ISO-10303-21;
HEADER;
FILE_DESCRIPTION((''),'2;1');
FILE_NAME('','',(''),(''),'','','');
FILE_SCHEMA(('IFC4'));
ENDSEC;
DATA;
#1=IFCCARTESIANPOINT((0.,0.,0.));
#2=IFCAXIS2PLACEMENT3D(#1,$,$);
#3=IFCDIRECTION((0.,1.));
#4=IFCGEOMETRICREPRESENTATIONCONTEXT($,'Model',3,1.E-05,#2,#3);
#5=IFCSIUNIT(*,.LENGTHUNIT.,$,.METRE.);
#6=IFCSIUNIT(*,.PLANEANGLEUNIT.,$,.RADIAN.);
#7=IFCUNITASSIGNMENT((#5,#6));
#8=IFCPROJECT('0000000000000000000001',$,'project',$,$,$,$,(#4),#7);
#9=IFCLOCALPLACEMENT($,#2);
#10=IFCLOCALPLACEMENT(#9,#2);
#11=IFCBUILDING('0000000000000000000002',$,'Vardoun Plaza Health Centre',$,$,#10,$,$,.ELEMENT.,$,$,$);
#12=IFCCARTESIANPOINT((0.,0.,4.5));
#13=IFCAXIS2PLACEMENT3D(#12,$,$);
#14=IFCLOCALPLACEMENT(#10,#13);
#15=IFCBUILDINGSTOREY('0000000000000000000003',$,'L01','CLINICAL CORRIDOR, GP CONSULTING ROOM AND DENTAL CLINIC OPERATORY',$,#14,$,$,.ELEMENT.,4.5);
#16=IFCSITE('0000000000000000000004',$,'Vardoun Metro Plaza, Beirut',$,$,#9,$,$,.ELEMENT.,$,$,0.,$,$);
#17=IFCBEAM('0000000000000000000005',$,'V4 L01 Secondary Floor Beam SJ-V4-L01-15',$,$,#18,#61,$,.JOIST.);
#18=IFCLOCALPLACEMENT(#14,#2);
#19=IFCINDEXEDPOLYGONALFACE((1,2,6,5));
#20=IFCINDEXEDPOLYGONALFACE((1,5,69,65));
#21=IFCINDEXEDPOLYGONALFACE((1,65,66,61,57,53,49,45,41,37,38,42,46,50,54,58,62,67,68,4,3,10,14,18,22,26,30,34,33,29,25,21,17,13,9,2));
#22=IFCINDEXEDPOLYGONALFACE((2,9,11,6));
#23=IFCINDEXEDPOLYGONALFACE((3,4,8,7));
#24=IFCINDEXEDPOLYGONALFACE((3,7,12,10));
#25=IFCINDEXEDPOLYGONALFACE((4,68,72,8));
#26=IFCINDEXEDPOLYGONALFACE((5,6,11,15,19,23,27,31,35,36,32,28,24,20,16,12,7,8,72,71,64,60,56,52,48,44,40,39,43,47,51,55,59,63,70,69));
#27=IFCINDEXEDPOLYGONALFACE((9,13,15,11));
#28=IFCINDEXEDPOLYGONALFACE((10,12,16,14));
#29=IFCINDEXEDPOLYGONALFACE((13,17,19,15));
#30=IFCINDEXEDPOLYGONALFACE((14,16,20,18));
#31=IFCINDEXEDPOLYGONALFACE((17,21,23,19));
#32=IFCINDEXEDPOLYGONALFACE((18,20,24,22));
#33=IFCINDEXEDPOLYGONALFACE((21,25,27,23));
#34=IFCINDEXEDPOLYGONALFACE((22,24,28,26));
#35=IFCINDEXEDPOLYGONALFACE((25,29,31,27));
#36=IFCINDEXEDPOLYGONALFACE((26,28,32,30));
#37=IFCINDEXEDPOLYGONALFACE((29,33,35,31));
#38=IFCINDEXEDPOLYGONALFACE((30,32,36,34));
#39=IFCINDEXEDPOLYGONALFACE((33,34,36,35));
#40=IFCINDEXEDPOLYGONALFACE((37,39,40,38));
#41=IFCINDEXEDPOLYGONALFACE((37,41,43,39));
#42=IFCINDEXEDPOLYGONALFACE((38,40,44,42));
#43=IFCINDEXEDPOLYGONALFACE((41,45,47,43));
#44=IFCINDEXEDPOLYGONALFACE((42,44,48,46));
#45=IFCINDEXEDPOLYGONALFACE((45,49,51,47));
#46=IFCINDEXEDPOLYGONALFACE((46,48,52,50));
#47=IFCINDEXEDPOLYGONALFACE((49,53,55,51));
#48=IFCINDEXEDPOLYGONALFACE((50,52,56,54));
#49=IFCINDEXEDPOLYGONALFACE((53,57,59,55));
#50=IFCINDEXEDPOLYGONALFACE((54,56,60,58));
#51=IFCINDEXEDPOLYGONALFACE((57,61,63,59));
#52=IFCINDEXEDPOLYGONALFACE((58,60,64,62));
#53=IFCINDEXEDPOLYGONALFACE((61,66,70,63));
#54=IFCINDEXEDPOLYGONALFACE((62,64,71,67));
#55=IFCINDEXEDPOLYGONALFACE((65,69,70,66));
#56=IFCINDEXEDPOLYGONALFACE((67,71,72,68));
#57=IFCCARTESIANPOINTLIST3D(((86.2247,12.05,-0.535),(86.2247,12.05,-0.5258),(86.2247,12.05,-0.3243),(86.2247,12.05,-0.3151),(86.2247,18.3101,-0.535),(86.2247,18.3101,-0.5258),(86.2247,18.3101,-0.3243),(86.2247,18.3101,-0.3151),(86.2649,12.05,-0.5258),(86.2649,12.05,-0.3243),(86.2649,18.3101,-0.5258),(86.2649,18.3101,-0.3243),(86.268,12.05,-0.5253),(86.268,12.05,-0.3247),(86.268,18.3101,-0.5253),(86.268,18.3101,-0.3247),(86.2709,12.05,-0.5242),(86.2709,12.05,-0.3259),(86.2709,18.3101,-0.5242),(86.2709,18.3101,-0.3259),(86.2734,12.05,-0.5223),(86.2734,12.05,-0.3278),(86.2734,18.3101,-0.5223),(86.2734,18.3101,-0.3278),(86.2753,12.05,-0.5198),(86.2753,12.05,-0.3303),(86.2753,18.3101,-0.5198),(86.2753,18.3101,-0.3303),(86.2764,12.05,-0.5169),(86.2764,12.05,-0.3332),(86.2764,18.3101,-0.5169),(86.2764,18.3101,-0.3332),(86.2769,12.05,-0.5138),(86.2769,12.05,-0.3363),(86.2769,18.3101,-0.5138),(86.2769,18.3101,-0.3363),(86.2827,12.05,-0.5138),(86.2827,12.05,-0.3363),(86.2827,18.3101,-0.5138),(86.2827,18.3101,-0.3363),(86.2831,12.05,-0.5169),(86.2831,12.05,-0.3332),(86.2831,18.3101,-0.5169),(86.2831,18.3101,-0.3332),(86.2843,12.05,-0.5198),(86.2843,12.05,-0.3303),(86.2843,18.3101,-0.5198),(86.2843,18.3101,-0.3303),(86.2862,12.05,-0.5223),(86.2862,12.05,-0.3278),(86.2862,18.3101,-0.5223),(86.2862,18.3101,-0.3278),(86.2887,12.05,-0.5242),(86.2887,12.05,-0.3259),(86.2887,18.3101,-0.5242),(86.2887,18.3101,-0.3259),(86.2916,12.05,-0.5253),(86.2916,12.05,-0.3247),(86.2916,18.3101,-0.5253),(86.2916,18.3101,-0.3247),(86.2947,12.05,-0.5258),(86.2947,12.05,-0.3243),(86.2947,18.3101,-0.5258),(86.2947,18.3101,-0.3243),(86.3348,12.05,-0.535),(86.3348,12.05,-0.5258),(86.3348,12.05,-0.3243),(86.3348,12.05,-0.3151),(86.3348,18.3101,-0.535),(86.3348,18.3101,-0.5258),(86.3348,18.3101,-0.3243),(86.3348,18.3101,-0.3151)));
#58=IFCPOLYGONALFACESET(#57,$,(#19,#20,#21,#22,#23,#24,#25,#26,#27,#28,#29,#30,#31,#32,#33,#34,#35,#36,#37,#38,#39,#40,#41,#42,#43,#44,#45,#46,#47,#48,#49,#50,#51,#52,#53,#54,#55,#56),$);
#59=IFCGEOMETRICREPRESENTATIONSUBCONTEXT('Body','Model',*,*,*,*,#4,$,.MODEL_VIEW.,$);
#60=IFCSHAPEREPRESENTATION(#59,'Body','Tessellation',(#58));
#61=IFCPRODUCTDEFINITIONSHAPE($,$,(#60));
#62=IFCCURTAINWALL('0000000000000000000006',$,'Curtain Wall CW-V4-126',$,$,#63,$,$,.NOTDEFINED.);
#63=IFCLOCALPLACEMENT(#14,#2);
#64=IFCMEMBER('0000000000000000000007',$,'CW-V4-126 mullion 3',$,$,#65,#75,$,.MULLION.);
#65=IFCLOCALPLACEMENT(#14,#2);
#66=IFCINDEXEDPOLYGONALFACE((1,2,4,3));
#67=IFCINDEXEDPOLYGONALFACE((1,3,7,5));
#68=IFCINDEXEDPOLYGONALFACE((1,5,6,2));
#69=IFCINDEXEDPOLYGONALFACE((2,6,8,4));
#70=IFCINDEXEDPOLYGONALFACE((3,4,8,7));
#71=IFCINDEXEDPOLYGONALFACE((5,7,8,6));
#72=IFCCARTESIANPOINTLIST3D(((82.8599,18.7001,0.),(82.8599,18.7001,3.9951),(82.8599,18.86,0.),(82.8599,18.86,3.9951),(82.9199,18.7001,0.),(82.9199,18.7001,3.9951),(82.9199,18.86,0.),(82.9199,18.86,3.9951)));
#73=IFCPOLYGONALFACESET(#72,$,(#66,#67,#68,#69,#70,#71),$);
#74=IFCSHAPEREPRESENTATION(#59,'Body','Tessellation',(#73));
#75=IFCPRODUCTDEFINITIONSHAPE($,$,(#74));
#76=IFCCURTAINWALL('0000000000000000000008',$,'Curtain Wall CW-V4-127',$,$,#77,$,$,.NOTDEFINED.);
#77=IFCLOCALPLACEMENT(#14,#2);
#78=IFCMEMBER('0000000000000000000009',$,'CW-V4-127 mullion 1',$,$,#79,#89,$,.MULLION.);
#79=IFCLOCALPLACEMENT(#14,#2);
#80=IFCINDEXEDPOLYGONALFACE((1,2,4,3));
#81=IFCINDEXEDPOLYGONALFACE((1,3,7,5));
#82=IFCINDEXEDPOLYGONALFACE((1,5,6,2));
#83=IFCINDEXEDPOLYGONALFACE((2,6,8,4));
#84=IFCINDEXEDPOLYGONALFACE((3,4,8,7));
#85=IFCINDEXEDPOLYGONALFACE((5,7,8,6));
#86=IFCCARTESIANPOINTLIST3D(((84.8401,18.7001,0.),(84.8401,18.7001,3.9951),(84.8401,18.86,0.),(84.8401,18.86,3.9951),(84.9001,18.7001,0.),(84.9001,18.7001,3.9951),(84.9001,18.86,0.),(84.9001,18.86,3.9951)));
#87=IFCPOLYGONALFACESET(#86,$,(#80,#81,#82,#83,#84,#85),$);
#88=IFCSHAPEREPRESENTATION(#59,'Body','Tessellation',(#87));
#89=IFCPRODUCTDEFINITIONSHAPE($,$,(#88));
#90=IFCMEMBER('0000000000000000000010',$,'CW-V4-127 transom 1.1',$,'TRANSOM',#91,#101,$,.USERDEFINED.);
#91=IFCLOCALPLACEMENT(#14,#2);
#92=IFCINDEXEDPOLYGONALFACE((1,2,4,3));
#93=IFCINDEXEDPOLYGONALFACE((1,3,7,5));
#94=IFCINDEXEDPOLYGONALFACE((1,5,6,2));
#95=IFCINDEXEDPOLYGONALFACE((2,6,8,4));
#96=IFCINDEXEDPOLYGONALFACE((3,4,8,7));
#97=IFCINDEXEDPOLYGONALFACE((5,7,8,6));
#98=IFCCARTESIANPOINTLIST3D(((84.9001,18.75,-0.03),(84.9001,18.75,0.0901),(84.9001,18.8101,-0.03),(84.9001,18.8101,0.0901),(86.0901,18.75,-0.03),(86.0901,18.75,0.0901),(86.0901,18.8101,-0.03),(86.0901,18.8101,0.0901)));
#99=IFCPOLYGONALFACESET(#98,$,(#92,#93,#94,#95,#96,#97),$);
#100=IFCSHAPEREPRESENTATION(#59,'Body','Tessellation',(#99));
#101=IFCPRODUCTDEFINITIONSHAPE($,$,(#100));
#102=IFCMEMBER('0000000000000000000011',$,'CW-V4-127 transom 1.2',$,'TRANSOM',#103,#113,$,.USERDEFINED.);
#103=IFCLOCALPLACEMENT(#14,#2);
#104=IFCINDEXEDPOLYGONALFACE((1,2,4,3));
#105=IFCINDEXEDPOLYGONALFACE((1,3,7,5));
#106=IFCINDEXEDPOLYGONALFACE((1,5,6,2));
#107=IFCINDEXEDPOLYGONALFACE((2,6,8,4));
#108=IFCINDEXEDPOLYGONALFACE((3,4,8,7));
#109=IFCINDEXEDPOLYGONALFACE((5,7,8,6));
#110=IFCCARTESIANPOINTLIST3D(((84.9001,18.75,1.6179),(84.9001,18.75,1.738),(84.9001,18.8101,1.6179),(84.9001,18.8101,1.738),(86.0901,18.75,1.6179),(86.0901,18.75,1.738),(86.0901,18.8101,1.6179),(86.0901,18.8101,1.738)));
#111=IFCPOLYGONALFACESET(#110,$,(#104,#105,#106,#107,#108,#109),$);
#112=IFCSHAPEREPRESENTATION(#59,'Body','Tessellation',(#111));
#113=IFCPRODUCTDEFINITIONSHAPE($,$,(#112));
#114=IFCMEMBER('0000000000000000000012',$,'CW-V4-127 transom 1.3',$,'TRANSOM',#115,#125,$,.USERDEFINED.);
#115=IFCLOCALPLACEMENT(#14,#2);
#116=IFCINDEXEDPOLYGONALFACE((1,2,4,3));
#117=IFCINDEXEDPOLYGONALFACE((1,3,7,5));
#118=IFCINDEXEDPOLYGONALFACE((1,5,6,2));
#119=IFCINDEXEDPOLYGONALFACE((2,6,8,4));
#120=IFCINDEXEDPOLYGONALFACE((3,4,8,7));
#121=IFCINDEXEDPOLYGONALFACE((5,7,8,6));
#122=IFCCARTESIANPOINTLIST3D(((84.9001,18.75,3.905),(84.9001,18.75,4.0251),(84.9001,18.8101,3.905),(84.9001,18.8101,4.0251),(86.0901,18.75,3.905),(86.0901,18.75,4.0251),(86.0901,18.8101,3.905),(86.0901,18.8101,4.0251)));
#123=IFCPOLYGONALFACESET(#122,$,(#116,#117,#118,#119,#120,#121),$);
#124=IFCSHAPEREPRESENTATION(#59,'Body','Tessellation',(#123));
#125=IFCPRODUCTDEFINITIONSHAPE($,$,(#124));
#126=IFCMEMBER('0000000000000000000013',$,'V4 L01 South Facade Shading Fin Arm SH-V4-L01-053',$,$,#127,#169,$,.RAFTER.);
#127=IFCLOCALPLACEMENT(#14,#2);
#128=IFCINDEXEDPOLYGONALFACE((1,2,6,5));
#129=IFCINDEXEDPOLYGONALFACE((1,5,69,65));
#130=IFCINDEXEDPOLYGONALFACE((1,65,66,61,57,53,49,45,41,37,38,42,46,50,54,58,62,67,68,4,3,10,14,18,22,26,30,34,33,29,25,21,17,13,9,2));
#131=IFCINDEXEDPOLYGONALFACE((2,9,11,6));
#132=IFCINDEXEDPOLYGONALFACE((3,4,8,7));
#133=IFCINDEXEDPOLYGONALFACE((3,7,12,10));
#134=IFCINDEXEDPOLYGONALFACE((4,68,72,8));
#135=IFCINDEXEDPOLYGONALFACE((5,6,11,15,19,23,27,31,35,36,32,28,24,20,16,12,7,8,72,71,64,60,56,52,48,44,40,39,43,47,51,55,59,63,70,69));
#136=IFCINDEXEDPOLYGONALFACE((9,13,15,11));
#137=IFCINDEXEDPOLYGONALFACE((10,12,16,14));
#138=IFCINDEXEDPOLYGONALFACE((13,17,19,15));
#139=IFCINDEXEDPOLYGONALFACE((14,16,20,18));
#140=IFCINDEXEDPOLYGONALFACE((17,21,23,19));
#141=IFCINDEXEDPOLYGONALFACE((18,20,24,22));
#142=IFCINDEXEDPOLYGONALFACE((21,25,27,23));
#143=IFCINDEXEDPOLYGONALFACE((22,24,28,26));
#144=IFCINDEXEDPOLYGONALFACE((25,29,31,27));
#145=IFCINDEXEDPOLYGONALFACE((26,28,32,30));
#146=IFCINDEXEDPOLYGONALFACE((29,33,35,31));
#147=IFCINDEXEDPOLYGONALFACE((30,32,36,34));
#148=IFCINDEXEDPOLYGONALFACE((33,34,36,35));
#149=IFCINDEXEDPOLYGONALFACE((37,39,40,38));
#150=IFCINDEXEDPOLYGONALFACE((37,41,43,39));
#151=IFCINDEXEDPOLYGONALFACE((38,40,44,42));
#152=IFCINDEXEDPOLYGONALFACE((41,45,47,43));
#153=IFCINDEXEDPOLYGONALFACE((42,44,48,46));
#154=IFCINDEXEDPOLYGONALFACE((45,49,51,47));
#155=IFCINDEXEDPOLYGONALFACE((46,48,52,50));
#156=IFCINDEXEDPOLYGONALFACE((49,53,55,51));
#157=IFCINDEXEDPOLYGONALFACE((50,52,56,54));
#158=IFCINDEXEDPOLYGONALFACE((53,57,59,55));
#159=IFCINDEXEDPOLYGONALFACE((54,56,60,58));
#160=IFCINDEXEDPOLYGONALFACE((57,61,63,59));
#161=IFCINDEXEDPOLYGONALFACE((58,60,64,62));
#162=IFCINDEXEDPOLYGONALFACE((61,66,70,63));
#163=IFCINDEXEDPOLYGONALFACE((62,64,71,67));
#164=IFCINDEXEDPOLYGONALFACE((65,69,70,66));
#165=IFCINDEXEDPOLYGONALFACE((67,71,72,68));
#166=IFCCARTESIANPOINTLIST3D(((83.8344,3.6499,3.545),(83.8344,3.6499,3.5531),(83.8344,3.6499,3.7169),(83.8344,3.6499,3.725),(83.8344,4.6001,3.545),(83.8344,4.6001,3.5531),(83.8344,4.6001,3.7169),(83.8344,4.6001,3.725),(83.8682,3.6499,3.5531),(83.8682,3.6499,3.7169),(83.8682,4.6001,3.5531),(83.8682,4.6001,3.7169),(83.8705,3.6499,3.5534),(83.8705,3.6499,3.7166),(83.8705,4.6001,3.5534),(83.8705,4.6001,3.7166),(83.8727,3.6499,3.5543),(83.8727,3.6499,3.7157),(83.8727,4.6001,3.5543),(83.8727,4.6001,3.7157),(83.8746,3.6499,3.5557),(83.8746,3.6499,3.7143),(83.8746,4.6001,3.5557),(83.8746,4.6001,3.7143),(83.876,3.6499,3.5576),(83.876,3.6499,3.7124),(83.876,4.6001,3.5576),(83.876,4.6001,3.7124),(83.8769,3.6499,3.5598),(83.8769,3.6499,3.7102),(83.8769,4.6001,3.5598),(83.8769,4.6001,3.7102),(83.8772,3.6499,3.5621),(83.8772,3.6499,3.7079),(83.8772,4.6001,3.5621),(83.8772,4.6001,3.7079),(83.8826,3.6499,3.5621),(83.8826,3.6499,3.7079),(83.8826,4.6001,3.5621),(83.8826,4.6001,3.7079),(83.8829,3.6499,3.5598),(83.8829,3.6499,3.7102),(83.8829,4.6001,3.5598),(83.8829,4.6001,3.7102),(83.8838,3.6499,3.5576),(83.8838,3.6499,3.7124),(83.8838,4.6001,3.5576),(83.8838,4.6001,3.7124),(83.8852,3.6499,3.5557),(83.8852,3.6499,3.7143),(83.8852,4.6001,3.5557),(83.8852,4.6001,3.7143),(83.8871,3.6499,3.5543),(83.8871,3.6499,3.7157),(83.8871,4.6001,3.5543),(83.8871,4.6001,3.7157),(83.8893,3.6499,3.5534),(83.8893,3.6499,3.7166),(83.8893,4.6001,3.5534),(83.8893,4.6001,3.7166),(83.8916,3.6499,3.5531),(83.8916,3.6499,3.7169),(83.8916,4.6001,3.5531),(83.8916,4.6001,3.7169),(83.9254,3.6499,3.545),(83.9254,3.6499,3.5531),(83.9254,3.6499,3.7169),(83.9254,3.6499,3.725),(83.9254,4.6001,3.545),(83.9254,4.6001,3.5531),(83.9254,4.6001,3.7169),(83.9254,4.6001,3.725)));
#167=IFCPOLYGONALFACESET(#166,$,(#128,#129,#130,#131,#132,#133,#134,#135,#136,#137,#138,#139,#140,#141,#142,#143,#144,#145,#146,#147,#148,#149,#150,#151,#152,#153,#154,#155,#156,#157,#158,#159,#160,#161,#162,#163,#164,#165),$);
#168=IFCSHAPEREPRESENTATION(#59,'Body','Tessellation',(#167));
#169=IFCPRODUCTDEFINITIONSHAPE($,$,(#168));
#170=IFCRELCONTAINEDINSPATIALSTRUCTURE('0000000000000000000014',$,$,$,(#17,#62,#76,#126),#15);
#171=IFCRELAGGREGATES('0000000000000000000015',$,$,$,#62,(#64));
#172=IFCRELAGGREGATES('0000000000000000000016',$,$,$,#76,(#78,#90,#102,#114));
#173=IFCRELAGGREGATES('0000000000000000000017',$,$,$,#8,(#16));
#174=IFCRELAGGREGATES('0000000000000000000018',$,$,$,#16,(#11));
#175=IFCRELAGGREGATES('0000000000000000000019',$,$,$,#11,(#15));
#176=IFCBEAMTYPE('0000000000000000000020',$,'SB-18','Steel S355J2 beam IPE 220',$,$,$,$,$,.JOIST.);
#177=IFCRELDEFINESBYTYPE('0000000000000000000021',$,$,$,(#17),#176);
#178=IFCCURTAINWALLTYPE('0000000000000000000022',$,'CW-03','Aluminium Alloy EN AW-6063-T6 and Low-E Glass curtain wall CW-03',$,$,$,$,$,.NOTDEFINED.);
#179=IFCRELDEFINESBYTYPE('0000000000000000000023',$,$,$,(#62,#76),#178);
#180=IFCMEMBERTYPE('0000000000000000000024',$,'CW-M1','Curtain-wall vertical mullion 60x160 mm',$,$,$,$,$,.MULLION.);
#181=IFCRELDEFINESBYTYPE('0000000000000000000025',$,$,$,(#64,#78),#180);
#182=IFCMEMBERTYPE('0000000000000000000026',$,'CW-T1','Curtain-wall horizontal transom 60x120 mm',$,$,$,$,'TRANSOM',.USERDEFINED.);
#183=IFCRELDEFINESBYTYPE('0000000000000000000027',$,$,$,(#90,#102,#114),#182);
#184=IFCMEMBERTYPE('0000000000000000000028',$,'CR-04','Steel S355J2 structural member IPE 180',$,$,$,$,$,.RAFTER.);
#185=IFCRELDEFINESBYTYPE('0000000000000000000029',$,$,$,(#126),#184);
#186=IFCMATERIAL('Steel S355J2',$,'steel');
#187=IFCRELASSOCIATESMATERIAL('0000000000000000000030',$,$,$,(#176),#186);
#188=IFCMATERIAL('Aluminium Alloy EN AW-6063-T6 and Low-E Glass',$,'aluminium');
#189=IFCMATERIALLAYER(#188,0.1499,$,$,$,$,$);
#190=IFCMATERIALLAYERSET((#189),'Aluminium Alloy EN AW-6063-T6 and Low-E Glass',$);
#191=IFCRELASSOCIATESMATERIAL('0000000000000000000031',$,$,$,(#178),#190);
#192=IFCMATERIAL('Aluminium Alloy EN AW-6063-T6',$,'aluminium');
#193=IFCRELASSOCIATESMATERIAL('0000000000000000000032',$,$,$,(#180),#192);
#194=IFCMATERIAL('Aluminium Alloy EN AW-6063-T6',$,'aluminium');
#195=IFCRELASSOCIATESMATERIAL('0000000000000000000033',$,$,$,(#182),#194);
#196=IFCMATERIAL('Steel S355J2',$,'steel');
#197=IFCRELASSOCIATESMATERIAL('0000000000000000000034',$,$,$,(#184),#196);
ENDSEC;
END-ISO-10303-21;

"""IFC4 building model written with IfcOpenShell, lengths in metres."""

from ifc_helpers import new_model, si_unit, direction, frame, origin, origin_2d, place, context, subcontext, project, spatial, rectangle, i_section, extrude, material, layer, layer_set, material_profile, profile_set, type_object, element, aggregate, save


model = new_model("IFC4")

# Units and contexts
model_context = context("Model", 3, precision=1e-05, world=origin(), true_north=direction((0.0, 1.0)))
body_context = subcontext(model_context, "Body", "Model", "MODEL_VIEW")
ifc_project = project(units=[si_unit("LENGTHUNIT", "METRE"), si_unit("PLANEANGLEUNIT", "RADIAN")], contexts=[model_context])

# Site, building, storey
site_placement = place(None, origin())
site = spatial("IfcSite", under=ifc_project, at=site_placement, Name="Vardoun Metro Plaza, Beirut", CompositionType="ELEMENT", RefElevation=0.0)
building_placement = place(site_placement, origin())
building = spatial("IfcBuilding", under=site, at=building_placement, Name="Vardoun Plaza Health Centre", CompositionType="ELEMENT")
storey_placement = place(building_placement, frame((0.0, 0.0, 4.5)))
storey = spatial("IfcBuildingStorey", under=building, at=storey_placement, Name="L01", Description="CLINICAL CORRIDOR, GP CONSULTING ROOM AND DENTAL CLINIC OPERATORY", CompositionType="ELEMENT", Elevation=4.5)

# Beam
ifc_material_1 = material(Name="Steel S355J2", Category="steel")
ifc_material_profile_1 = material_profile(ifc_material_1, i_section(OverallWidth=0.1101, OverallDepth=0.22, WebThickness=0.0059, FlangeThickness=0.0093, FilletRadius=0.012, at=origin_2d()), Name="IPE 220")
ifc_profile_set_1 = profile_set([ifc_material_profile_1], Name="Steel S355J2")
beam_type_1 = type_object("IfcBeamType", Name="SB-18", Description="Steel S355J2 beam IPE 220", PredefinedType="JOIST", material=ifc_profile_set_1)
beam_1_placement = place(storey_placement, frame((86.2798, 12.05, -0.425), z_axis=(0.0, 1.0, 0.0), x_axis=(-1.0, 0.0, 0.0)))
element("IfcBeam", 1, at=beam_1_placement, inside=storey, type_object=beam_type_1, Name="V4 L01 Secondary Floor Beam SJ-V4-L01-15", PredefinedType="JOIST", context=body_context, shape_type="SweptSolid", body=[
    extrude(i_section(OverallWidth=0.1101, OverallDepth=0.22, WebThickness=0.0059, FlangeThickness=0.0093, FilletRadius=0.012, at=origin_2d()), origin(), (0.0, 0.0, 1.0), 6.26),
])

# Curtain wall, member
ifc_material_2 = material(Name="Aluminium Alloy EN AW-6063-T6 and Low-E Glass", Category="aluminium")
ifc_layer_1 = layer(ifc_material_2, 0.1499)
ifc_layer_set_1 = layer_set([ifc_layer_1], Name="Aluminium Alloy EN AW-6063-T6 and Low-E Glass")
curtain_wall_type = type_object("IfcCurtainWallType", Name="CW-03", Description="Aluminium Alloy EN AW-6063-T6 and Low-E Glass curtain wall CW-03", PredefinedType="NOTDEFINED", material=ifc_layer_set_1)
curtain_wall_1_placement = place(storey_placement, origin())
curtain_wall_1 = element("IfcCurtainWall", 2, at=curtain_wall_1_placement, inside=storey, type_object=curtain_wall_type, Name="Curtain Wall CW-V4-126", PredefinedType="NOTDEFINED")
ifc_material_3 = material(Name="Aluminium Alloy EN AW-6063-T6", Category="aluminium")
ifc_material_profile_2 = material_profile(ifc_material_3, rectangle(XDim=0.1599, YDim=0.0601, at=origin_2d()), Name="CWM 60x160")
ifc_profile_set_2 = profile_set([ifc_material_profile_2], Name="Aluminium Alloy EN AW-6063-T6")
member_type_1 = type_object("IfcMemberType", Name="CW-M1", Description="Curtain-wall vertical mullion 60x160 mm", PredefinedType="MULLION", material=ifc_profile_set_2)
member_1_placement = place(storey_placement, frame((82.8899, 18.78, 0.0), z_axis=(0.0, 0.0, 1.0), x_axis=(0.0, 1.0, 0.0)))
member_1 = element("IfcMember", 3, at=member_1_placement, type_object=member_type_1, Name="CW-V4-126 mullion 3", PredefinedType="MULLION", context=body_context, shape_type="SweptSolid", body=[
    extrude(rectangle(XDim=0.1599, YDim=0.0601, at=origin_2d()), origin(), (0.0, 0.0, 1.0), 3.9951),
])
aggregate(curtain_wall_1, [member_1])

# Curtain wall, members
curtain_wall_2_placement = place(storey_placement, origin())
curtain_wall_2 = element("IfcCurtainWall", 4, at=curtain_wall_2_placement, inside=storey, type_object=curtain_wall_type, Name="Curtain Wall CW-V4-127", PredefinedType="NOTDEFINED")
member_2_placement = place(storey_placement, frame((84.8701, 18.78, 0.0), z_axis=(0.0, 0.0, 1.0), x_axis=(0.0, 1.0, 0.0)))
member_2 = element("IfcMember", 5, at=member_2_placement, type_object=member_type_1, Name="CW-V4-127 mullion 1", PredefinedType="MULLION", context=body_context, shape_type="SweptSolid", body=[
    extrude(rectangle(XDim=0.1599, YDim=0.0601, at=origin_2d()), origin(), (0.0, 0.0, 1.0), 3.9951),
])
ifc_material_4 = material(Name="Aluminium Alloy EN AW-6063-T6", Category="aluminium")
ifc_material_profile_3 = material_profile(ifc_material_4, rectangle(XDim=0.0601, YDim=0.1201, at=origin_2d()), Name="CWT 60x120")
ifc_profile_set_3 = profile_set([ifc_material_profile_3], Name="Aluminium Alloy EN AW-6063-T6")
member_type_2 = type_object("IfcMemberType", Name="CW-T1", Description="Curtain-wall horizontal transom 60x120 mm", ElementType="TRANSOM", PredefinedType="USERDEFINED", material=ifc_profile_set_3)
member_3_placement = place(storey_placement, frame((84.9001, 18.78, 0.03), z_axis=(1.0, 0.0, 0.0), x_axis=(0.0, 1.0, 0.0)))
member_3 = element("IfcMember", 6, at=member_3_placement, type_object=member_type_2, Name="CW-V4-127 transom 1.1", ObjectType="TRANSOM", PredefinedType="USERDEFINED", context=body_context, shape_type="SweptSolid", body=[
    extrude(rectangle(XDim=0.0601, YDim=0.1201, at=origin_2d()), origin(), (0.0, 0.0, 1.0), 1.1899),
])
member_4_placement = place(storey_placement, frame((84.9001, 18.78, 1.678), z_axis=(1.0, 0.0, 0.0), x_axis=(0.0, 1.0, 0.0)))
member_4 = element("IfcMember", 7, at=member_4_placement, type_object=member_type_2, Name="CW-V4-127 transom 1.2", ObjectType="TRANSOM", PredefinedType="USERDEFINED", context=body_context, shape_type="SweptSolid", body=[
    extrude(rectangle(XDim=0.0601, YDim=0.1201, at=origin_2d()), origin(), (0.0, 0.0, 1.0), 1.1899),
])
member_5_placement = place(storey_placement, frame((84.9001, 18.78, 3.9651), z_axis=(1.0, 0.0, 0.0), x_axis=(0.0, 1.0, 0.0)))
member_5 = element("IfcMember", 8, at=member_5_placement, type_object=member_type_2, Name="CW-V4-127 transom 1.3", ObjectType="TRANSOM", PredefinedType="USERDEFINED", context=body_context, shape_type="SweptSolid", body=[
    extrude(rectangle(XDim=0.0601, YDim=0.1201, at=origin_2d()), origin(), (0.0, 0.0, 1.0), 1.1899),
])
aggregate(curtain_wall_2, [member_2, member_3, member_4, member_5])

# Member
ifc_material_5 = material(Name="Steel S355J2", Category="steel")
ifc_material_profile_4 = material_profile(ifc_material_5, i_section(OverallWidth=0.0911, OverallDepth=0.1799, WebThickness=0.0054, FlangeThickness=0.0081, FilletRadius=0.009, at=origin_2d()), Name="IPE 180")
ifc_profile_set_4 = profile_set([ifc_material_profile_4], Name="Steel S355J2")
member_type_3 = type_object("IfcMemberType", Name="CR-04", Description="Steel S355J2 structural member IPE 180", PredefinedType="RAFTER", material=ifc_profile_set_4)
member_6_placement = place(storey_placement, frame((83.8799, 4.6001, 3.635), z_axis=(0.0, -1.0, 0.0), x_axis=(1.0, 0.0, 0.0)))
element("IfcMember", 9, at=member_6_placement, inside=storey, type_object=member_type_3, Name="V4 L01 South Facade Shading Fin Arm SH-V4-L01-053", PredefinedType="RAFTER", context=body_context, shape_type="SweptSolid", body=[
    extrude(i_section(OverallWidth=0.0911, OverallDepth=0.1799, WebThickness=0.0054, FlangeThickness=0.0081, FilletRadius=0.009, at=origin_2d()), origin(), (0.0, 0.0, 1.0), 0.9502),
])

save(model, "model.ifc")
